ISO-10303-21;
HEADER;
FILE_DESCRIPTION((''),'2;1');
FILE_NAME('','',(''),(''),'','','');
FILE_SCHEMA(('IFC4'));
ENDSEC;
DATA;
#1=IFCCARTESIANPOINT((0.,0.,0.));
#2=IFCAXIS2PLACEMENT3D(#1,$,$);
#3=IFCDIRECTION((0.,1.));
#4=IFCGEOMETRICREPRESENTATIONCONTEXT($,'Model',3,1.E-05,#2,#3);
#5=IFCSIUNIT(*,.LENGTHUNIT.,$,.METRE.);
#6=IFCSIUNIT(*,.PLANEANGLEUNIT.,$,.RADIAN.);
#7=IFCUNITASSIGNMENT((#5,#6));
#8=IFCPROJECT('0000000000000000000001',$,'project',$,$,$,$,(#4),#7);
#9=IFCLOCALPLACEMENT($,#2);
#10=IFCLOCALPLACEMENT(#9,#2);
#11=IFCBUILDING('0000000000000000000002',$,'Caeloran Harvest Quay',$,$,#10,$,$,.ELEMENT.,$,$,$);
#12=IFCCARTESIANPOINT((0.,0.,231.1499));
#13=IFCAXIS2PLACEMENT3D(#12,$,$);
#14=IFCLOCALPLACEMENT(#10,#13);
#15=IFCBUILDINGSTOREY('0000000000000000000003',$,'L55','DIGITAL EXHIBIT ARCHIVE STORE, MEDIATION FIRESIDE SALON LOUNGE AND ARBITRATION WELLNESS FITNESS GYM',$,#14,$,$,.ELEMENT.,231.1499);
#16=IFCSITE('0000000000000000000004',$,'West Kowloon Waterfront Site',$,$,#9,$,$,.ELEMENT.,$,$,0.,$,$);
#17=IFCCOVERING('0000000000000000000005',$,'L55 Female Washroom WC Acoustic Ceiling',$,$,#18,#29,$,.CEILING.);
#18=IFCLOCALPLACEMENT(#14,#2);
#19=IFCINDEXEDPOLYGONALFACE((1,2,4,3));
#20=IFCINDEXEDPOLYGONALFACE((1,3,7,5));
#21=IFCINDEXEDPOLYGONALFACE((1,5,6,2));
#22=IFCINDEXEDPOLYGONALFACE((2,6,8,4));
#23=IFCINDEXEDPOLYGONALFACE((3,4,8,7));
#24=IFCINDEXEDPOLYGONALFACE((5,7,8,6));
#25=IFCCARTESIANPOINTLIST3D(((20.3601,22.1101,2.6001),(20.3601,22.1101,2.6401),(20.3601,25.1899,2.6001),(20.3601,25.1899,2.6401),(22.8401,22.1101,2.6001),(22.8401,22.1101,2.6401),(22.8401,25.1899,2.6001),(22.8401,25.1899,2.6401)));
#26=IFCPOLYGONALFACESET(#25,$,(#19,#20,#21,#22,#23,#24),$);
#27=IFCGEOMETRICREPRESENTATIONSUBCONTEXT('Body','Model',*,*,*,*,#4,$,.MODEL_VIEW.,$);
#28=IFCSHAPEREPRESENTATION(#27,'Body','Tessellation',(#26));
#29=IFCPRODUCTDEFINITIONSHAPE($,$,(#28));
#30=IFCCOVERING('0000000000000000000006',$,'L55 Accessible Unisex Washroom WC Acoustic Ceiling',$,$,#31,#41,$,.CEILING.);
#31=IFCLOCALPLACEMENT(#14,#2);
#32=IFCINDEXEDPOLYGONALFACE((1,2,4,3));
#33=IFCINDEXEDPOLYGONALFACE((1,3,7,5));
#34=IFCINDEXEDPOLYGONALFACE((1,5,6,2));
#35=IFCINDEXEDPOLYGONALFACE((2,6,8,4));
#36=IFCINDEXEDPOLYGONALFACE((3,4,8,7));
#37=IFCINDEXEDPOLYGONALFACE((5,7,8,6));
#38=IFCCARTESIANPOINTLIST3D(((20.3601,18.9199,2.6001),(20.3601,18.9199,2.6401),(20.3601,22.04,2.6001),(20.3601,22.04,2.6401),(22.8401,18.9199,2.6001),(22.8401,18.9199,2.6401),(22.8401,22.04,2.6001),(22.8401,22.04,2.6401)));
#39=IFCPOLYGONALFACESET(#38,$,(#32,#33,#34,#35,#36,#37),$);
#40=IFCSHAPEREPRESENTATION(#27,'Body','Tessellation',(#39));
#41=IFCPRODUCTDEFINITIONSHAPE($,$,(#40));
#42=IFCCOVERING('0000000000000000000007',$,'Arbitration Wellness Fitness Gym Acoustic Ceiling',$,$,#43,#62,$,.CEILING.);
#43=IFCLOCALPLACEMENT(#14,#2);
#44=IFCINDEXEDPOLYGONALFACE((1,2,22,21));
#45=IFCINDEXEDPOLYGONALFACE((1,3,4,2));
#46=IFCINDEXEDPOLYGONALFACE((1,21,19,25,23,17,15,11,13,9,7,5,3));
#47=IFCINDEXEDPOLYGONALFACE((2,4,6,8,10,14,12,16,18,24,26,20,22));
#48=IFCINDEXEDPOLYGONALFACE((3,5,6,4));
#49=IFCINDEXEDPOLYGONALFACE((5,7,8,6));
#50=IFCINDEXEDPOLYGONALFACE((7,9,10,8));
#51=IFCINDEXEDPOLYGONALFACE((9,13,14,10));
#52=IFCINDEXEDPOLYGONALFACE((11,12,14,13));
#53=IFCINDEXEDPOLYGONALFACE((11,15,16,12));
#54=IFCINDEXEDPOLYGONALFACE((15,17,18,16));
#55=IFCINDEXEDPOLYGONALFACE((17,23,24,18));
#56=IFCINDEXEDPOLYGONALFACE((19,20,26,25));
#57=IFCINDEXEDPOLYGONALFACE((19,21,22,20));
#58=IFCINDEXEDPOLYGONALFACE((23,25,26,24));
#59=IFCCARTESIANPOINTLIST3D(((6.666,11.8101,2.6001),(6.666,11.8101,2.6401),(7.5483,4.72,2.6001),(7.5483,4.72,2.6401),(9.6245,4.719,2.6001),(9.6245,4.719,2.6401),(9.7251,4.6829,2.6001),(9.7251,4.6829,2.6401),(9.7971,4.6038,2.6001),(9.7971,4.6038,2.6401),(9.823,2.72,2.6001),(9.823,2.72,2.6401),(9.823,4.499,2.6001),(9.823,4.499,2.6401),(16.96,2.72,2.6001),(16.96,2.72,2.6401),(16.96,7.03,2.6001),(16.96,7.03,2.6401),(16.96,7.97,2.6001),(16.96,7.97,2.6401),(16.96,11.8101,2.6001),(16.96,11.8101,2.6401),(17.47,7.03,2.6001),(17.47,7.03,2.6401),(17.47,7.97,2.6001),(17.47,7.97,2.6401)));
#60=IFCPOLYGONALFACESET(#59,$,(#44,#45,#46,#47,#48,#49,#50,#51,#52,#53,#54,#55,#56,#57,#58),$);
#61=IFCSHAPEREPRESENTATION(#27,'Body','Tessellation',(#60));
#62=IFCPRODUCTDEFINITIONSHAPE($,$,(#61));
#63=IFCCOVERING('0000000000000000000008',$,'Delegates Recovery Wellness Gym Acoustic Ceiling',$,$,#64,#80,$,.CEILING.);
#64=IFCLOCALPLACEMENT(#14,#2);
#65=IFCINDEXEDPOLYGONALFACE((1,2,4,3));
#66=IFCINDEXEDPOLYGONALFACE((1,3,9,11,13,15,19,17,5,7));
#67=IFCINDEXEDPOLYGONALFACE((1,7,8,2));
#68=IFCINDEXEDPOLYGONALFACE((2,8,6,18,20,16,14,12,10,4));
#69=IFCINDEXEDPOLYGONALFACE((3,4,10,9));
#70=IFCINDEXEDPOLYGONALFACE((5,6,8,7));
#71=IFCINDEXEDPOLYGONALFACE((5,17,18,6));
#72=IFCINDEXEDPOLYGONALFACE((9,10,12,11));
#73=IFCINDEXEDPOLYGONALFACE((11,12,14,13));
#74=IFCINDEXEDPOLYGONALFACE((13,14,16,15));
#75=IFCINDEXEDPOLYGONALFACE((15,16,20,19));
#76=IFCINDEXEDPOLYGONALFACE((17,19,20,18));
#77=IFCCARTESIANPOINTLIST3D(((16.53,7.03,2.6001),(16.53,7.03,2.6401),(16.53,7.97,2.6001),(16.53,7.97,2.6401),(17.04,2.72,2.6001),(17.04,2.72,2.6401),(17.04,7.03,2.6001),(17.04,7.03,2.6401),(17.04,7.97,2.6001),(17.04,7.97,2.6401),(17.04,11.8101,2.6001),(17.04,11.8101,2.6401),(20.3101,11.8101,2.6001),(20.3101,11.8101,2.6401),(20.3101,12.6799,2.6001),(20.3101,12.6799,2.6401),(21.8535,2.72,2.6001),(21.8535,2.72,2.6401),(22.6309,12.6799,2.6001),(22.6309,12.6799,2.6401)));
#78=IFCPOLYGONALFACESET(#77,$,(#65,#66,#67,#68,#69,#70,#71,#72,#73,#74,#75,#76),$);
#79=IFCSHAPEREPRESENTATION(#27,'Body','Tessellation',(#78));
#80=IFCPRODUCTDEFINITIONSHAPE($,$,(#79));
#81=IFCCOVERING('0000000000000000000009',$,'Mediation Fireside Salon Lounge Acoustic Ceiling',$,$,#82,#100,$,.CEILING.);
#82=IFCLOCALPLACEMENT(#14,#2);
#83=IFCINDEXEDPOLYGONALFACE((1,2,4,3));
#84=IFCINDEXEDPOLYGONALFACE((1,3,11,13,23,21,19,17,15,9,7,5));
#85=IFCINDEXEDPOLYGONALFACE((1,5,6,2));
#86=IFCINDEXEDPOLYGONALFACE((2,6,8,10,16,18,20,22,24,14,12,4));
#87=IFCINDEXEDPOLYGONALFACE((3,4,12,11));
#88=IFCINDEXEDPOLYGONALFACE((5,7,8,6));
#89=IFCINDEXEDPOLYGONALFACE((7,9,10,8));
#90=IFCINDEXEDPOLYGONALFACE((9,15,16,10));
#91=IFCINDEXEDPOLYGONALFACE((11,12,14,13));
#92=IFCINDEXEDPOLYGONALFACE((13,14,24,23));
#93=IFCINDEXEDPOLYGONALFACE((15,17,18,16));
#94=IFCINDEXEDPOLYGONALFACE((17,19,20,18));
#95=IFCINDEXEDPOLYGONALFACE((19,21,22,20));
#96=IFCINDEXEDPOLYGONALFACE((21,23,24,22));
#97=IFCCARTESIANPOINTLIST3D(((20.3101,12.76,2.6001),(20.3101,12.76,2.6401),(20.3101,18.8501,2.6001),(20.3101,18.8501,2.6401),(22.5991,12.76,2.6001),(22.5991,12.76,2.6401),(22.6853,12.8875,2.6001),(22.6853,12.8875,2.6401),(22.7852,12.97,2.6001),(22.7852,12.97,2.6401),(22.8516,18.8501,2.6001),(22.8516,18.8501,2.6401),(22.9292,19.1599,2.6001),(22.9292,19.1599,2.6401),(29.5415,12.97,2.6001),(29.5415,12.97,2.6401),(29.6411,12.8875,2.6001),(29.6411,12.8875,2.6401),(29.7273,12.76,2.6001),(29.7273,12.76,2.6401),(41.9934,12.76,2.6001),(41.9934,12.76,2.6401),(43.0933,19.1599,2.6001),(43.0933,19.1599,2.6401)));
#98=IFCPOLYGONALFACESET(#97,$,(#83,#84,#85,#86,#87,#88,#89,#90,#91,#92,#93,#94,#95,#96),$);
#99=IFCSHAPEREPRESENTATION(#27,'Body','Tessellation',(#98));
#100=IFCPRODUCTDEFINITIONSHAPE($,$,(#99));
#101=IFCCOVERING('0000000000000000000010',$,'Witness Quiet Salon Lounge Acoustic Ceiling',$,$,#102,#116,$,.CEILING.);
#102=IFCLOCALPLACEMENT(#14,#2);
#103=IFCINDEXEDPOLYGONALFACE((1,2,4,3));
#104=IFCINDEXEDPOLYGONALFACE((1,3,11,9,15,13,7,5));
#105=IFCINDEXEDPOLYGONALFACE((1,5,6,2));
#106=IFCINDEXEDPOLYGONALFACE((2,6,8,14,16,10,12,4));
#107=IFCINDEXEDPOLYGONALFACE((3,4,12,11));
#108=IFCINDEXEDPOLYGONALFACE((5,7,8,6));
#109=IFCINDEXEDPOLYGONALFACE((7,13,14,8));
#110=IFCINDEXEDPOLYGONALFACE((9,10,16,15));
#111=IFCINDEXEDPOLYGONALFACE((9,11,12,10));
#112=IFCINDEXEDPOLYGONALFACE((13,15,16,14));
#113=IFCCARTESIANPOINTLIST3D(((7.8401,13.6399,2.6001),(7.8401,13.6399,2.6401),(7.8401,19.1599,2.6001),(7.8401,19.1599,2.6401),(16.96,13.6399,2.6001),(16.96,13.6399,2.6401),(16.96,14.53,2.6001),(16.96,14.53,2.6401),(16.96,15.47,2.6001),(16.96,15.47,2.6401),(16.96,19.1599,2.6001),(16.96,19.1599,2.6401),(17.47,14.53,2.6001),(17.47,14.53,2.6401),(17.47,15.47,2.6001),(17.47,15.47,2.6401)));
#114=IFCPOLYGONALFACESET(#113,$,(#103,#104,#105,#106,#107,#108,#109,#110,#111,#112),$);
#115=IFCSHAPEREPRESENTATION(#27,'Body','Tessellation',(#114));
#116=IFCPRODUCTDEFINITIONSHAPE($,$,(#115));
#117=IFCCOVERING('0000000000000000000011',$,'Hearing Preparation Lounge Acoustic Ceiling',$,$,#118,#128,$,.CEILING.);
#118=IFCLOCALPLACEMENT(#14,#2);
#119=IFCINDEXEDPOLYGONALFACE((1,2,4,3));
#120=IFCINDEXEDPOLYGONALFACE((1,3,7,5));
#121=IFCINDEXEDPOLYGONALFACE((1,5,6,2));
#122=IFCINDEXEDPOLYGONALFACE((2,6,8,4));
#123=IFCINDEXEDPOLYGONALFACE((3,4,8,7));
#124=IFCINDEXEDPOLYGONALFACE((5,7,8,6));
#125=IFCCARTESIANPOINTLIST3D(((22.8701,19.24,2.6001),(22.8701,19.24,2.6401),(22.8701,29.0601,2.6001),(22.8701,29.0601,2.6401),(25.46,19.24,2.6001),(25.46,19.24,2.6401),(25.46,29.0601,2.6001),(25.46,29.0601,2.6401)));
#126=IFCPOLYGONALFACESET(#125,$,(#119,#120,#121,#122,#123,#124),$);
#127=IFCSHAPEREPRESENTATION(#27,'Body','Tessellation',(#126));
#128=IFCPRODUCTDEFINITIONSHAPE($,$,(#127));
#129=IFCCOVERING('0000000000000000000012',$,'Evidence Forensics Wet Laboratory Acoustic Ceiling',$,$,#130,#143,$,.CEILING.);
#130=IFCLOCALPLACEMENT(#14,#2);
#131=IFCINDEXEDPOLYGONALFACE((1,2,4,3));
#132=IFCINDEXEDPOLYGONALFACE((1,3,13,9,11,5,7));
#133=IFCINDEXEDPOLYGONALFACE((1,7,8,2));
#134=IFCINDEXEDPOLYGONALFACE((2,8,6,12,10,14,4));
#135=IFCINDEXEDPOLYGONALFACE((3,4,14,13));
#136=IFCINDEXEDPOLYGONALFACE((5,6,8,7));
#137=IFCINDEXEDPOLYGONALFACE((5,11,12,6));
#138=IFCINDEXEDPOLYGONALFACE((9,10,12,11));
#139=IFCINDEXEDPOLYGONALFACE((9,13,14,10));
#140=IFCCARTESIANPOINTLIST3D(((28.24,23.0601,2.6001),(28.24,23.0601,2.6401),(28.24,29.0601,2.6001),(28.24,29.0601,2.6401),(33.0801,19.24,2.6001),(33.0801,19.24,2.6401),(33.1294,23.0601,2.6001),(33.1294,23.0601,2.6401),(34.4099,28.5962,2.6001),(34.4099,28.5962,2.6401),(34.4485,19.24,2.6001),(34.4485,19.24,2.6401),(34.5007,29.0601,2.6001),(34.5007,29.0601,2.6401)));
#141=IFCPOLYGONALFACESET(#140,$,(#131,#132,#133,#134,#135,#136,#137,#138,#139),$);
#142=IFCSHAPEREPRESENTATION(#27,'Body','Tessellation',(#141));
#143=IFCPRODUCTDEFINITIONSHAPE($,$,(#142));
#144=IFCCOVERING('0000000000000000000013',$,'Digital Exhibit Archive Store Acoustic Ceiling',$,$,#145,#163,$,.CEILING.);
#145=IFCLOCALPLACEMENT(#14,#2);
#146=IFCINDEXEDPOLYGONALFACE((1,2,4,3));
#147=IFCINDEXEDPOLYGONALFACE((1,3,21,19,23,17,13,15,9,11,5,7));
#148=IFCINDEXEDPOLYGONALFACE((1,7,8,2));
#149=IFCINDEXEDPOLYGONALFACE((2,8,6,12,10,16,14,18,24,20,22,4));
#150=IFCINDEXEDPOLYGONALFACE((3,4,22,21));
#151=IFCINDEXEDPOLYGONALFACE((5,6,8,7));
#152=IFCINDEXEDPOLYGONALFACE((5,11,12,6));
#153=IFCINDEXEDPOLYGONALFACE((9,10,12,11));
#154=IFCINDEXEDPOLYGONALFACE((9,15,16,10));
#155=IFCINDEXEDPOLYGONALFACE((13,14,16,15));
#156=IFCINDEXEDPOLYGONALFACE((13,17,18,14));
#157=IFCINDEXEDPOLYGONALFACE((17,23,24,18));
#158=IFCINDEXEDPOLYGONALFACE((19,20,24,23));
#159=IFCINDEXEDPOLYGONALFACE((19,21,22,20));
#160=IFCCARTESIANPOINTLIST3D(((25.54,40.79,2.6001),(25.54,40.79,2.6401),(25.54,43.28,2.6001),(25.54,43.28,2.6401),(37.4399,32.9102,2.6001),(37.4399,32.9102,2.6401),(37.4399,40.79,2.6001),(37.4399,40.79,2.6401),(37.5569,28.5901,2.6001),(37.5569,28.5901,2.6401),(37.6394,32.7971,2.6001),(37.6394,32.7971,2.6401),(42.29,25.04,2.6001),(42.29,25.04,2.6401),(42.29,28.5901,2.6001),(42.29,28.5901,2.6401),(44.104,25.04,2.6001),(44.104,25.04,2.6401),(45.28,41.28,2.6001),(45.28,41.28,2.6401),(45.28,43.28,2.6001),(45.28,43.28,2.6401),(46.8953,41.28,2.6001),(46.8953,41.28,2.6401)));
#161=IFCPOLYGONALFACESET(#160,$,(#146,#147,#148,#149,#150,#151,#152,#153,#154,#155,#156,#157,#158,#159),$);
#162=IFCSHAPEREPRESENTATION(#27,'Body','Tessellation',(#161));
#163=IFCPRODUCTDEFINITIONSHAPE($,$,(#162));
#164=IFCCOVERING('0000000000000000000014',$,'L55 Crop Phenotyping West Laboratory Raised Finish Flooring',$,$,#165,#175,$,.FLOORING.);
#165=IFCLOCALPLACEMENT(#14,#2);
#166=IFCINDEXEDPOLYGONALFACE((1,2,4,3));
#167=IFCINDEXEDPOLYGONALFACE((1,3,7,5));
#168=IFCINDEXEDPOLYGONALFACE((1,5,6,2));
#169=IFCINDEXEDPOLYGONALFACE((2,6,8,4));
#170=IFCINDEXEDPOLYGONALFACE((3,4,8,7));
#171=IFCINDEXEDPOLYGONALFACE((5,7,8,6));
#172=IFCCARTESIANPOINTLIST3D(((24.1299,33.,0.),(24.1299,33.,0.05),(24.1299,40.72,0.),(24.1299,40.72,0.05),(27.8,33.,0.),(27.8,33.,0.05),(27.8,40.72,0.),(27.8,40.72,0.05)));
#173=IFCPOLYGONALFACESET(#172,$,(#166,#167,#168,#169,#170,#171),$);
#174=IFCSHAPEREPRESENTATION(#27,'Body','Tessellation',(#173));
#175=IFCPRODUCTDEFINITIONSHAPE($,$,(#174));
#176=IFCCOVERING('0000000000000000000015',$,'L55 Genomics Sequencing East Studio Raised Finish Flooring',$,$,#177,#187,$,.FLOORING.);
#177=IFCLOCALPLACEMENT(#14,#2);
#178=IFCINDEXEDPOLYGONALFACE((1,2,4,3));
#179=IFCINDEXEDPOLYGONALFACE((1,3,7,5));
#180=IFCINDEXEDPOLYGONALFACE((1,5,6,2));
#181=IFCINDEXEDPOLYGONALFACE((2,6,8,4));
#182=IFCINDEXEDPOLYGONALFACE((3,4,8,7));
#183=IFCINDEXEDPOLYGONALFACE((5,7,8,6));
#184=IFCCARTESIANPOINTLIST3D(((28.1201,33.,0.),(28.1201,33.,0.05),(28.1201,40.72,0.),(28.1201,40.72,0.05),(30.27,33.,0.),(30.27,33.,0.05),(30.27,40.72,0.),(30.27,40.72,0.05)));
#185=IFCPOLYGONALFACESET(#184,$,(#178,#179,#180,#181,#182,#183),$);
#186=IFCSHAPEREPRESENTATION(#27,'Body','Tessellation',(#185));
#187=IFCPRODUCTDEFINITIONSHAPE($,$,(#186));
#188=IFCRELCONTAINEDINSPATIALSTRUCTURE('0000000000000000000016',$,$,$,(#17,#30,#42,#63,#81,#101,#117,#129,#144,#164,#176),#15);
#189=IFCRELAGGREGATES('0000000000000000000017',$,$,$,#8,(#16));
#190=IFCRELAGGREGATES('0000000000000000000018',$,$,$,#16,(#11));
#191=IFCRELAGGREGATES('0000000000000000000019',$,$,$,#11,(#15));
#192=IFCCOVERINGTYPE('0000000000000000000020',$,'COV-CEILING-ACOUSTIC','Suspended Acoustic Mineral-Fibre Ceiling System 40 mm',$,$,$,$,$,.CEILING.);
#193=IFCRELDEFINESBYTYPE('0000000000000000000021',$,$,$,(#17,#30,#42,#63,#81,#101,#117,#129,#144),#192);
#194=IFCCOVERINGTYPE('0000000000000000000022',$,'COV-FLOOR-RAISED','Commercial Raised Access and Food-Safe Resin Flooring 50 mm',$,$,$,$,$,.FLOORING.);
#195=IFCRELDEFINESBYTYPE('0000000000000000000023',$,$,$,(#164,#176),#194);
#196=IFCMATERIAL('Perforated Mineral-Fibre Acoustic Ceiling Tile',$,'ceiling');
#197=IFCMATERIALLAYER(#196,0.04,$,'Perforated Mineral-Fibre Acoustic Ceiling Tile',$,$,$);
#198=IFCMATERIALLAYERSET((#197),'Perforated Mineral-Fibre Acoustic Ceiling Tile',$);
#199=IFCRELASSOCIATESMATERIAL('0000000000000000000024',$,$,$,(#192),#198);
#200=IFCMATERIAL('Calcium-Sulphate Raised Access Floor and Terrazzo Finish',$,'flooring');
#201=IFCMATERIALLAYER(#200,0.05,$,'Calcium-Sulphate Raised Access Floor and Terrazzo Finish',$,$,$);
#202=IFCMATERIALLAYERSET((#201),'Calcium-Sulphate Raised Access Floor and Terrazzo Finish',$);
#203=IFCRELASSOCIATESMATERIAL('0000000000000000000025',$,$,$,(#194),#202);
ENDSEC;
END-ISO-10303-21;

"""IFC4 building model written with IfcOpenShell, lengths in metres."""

from ifc_helpers import new_model, si_unit, direction, frame, origin, place, context, subcontext, project, spatial, polyline, outline, extrude, material, layer, layer_set, type_object, element, save


model = new_model("IFC4")

# Units and contexts
model_context = context("Model", 3, precision=1e-05, world=origin(), true_north=direction((0.0, 1.0)))
body_context = subcontext(model_context, "Body", "Model", "MODEL_VIEW")
ifc_project = project(units=[si_unit("LENGTHUNIT", "METRE"), si_unit("PLANEANGLEUNIT", "RADIAN")], contexts=[model_context])

# Site, building, storey
site_placement = place(None, origin())
site = spatial("IfcSite", under=ifc_project, at=site_placement, Name="West Kowloon Waterfront Site", CompositionType="ELEMENT", RefElevation=0.0)
building_placement = place(site_placement, origin())
building = spatial("IfcBuilding", under=site, at=building_placement, Name="Caeloran Harvest Quay", CompositionType="ELEMENT")
storey_placement = place(building_placement, frame((0.0, 0.0, 231.1499)))
storey = spatial("IfcBuildingStorey", under=building, at=storey_placement, Name="L55", Description="DIGITAL EXHIBIT ARCHIVE STORE, MEDIATION FIRESIDE SALON LOUNGE AND ARBITRATION WELLNESS FITNESS GYM", CompositionType="ELEMENT", Elevation=231.1499)

# Coverings
ifc_material_1 = material(Name="Perforated Mineral-Fibre Acoustic Ceiling Tile", Category="ceiling")
ifc_layer_1 = layer(ifc_material_1, 0.04, Name="Perforated Mineral-Fibre Acoustic Ceiling Tile")
ifc_layer_set_1 = layer_set([ifc_layer_1], Name="Perforated Mineral-Fibre Acoustic Ceiling Tile")
covering_type_1 = type_object("IfcCoveringType", Name="COV-CEILING-ACOUSTIC", Description="Suspended Acoustic Mineral-Fibre Ceiling System 40 mm", PredefinedType="CEILING", material=ifc_layer_set_1)
covering_1_placement = place(storey_placement, frame((0.0, 0.0, 2.6001)))
element("IfcCovering", 1, at=covering_1_placement, inside=storey, type_object=covering_type_1, Name="L55 Female Washroom WC Acoustic Ceiling", PredefinedType="CEILING", context=body_context, shape_type="SweptSolid", body=[
    extrude(outline(polyline([(22.8401, 25.1899), (22.8401, 22.1101), (20.3601, 22.1101), (20.3601, 25.1899), (22.8401, 25.1899)])), origin(), (0.0, 0.0, 1.0), 0.04),
])
covering_2_placement = place(storey_placement, frame((0.0, 0.0, 2.6001)))
element("IfcCovering", 2, at=covering_2_placement, inside=storey, type_object=covering_type_1, Name="L55 Accessible Unisex Washroom WC Acoustic Ceiling", PredefinedType="CEILING", context=body_context, shape_type="SweptSolid", body=[
    extrude(outline(polyline([(22.8401, 22.04), (22.8401, 18.9199), (20.3601, 18.9199), (20.3601, 22.04), (22.8401, 22.04)])), origin(), (0.0, 0.0, 1.0), 0.04),
])
covering_3_placement = place(storey_placement, frame((0.0, 0.0, 2.6001)))
element("IfcCovering", 3, at=covering_3_placement, inside=storey, type_object=covering_type_1, Name="Arbitration Wellness Fitness Gym Acoustic Ceiling", PredefinedType="CEILING", context=body_context, shape_type="SweptSolid", body=[
    extrude(outline(polyline([(9.7971, 4.6038), (9.7251, 4.6829), (9.6245, 4.719), (7.5483, 4.72), (6.666, 11.8101), (16.96, 11.8101), (16.96, 7.97), (17.47, 7.97), (17.47, 7.03), (16.96, 7.03), (16.96, 2.72), (9.823, 2.72), (9.823, 4.499), (9.7971, 4.6038)])), origin(), (0.0, 0.0, 1.0), 0.04),
])
covering_4_placement = place(storey_placement, frame((0.0, 0.0, 2.6001)))
element("IfcCovering", 4, at=covering_4_placement, inside=storey, type_object=covering_type_1, Name="Delegates Recovery Wellness Gym Acoustic Ceiling", PredefinedType="CEILING", context=body_context, shape_type="SweptSolid", body=[
    extrude(outline(polyline([(16.53, 7.03), (16.53, 7.97), (17.04, 7.97), (17.04, 11.8101), (20.3101, 11.8101), (20.3101, 12.6799), (22.6309, 12.6799), (21.8535, 2.72), (17.04, 2.72), (17.04, 7.03), (16.53, 7.03)])), origin(), (0.0, 0.0, 1.0), 0.04),
])
covering_5_placement = place(storey_placement, frame((0.0, 0.0, 2.6001)))
element("IfcCovering", 5, at=covering_5_placement, inside=storey, type_object=covering_type_1, Name="Mediation Fireside Salon Lounge Acoustic Ceiling", PredefinedType="CEILING", context=body_context, shape_type="SweptSolid", body=[
    extrude(outline(polyline([(29.7273, 12.76), (29.6411, 12.8875), (29.5415, 12.97), (22.7852, 12.97), (22.6853, 12.8875), (22.5991, 12.76), (20.3101, 12.76), (20.3101, 18.8501), (22.8516, 18.8501), (22.9292, 19.1599), (43.0933, 19.1599), (41.9934, 12.76), (29.7273, 12.76)])), origin(), (0.0, 0.0, 1.0), 0.04),
])
covering_6_placement = place(storey_placement, frame((0.0, 0.0, 2.6001)))
element("IfcCovering", 6, at=covering_6_placement, inside=storey, type_object=covering_type_1, Name="Witness Quiet Salon Lounge Acoustic Ceiling", PredefinedType="CEILING", context=body_context, shape_type="SweptSolid", body=[
    extrude(outline(polyline([(17.47, 14.53), (16.96, 14.53), (16.96, 13.6399), (7.8401, 13.6399), (7.8401, 19.1599), (16.96, 19.1599), (16.96, 15.47), (17.47, 15.47), (17.47, 14.53)])), origin(), (0.0, 0.0, 1.0), 0.04),
])
covering_7_placement = place(storey_placement, frame((0.0, 0.0, 2.6001)))
element("IfcCovering", 7, at=covering_7_placement, inside=storey, type_object=covering_type_1, Name="Hearing Preparation Lounge Acoustic Ceiling", PredefinedType="CEILING", context=body_context, shape_type="SweptSolid", body=[
    extrude(outline(polyline([(25.46, 29.0601), (25.46, 19.24), (22.8701, 19.24), (22.8701, 29.0601), (25.46, 29.0601)])), origin(), (0.0, 0.0, 1.0), 0.04),
])
covering_8_placement = place(storey_placement, frame((0.0, 0.0, 2.6001)))
element("IfcCovering", 8, at=covering_8_placement, inside=storey, type_object=covering_type_1, Name="Evidence Forensics Wet Laboratory Acoustic Ceiling", PredefinedType="CEILING", context=body_context, shape_type="SweptSolid", body=[
    extrude(outline(polyline([(28.24, 29.0601), (34.5007, 29.0601), (34.4099, 28.5962), (34.4485, 19.24), (33.0801, 19.24), (33.1294, 23.0601), (28.24, 23.0601), (28.24, 29.0601)])), origin(), (0.0, 0.0, 1.0), 0.04),
])
covering_9_placement = place(storey_placement, frame((0.0, 0.0, 2.6001)))
element("IfcCovering", 9, at=covering_9_placement, inside=storey, type_object=covering_type_1, Name="Digital Exhibit Archive Store Acoustic Ceiling", PredefinedType="CEILING", context=body_context, shape_type="SweptSolid", body=[
    extrude(outline(polyline([(25.54, 43.28), (45.28, 43.28), (45.28, 41.28), (46.8953, 41.28), (44.104, 25.04), (42.29, 25.04), (42.29, 28.5901), (37.5569, 28.5901), (37.6394, 32.7971), (37.4399, 32.9102), (37.4399, 40.79), (25.54, 40.79), (25.54, 43.28)])), origin(), (0.0, 0.0, 1.0), 0.04),
])
ifc_material_2 = material(Name="Calcium-Sulphate Raised Access Floor and Terrazzo Finish", Category="flooring")
ifc_layer_2 = layer(ifc_material_2, 0.05, Name="Calcium-Sulphate Raised Access Floor and Terrazzo Finish")
ifc_layer_set_2 = layer_set([ifc_layer_2], Name="Calcium-Sulphate Raised Access Floor and Terrazzo Finish")
covering_type_2 = type_object("IfcCoveringType", Name="COV-FLOOR-RAISED", Description="Commercial Raised Access and Food-Safe Resin Flooring 50 mm", PredefinedType="FLOORING", material=ifc_layer_set_2)
covering_10_placement = place(storey_placement, origin())
element("IfcCovering", 10, at=covering_10_placement, inside=storey, type_object=covering_type_2, Name="L55 Crop Phenotyping West Laboratory Raised Finish Flooring", PredefinedType="FLOORING", context=body_context, shape_type="SweptSolid", body=[
    extrude(outline(polyline([(27.8, 40.72), (27.8, 33.0), (24.1299, 33.0), (24.1299, 40.72), (27.8, 40.72)])), origin(), (0.0, 0.0, 1.0), 0.05),
])
covering_11_placement = place(storey_placement, origin())
element("IfcCovering", 11, at=covering_11_placement, inside=storey, type_object=covering_type_2, Name="L55 Genomics Sequencing East Studio Raised Finish Flooring", PredefinedType="FLOORING", context=body_context, shape_type="SweptSolid", body=[
    extrude(outline(polyline([(30.27, 40.72), (30.27, 33.0), (28.1201, 33.0), (28.1201, 40.72), (30.27, 40.72)])), origin(), (0.0, 0.0, 1.0), 0.05),
])

save(model, "model.ifc")
